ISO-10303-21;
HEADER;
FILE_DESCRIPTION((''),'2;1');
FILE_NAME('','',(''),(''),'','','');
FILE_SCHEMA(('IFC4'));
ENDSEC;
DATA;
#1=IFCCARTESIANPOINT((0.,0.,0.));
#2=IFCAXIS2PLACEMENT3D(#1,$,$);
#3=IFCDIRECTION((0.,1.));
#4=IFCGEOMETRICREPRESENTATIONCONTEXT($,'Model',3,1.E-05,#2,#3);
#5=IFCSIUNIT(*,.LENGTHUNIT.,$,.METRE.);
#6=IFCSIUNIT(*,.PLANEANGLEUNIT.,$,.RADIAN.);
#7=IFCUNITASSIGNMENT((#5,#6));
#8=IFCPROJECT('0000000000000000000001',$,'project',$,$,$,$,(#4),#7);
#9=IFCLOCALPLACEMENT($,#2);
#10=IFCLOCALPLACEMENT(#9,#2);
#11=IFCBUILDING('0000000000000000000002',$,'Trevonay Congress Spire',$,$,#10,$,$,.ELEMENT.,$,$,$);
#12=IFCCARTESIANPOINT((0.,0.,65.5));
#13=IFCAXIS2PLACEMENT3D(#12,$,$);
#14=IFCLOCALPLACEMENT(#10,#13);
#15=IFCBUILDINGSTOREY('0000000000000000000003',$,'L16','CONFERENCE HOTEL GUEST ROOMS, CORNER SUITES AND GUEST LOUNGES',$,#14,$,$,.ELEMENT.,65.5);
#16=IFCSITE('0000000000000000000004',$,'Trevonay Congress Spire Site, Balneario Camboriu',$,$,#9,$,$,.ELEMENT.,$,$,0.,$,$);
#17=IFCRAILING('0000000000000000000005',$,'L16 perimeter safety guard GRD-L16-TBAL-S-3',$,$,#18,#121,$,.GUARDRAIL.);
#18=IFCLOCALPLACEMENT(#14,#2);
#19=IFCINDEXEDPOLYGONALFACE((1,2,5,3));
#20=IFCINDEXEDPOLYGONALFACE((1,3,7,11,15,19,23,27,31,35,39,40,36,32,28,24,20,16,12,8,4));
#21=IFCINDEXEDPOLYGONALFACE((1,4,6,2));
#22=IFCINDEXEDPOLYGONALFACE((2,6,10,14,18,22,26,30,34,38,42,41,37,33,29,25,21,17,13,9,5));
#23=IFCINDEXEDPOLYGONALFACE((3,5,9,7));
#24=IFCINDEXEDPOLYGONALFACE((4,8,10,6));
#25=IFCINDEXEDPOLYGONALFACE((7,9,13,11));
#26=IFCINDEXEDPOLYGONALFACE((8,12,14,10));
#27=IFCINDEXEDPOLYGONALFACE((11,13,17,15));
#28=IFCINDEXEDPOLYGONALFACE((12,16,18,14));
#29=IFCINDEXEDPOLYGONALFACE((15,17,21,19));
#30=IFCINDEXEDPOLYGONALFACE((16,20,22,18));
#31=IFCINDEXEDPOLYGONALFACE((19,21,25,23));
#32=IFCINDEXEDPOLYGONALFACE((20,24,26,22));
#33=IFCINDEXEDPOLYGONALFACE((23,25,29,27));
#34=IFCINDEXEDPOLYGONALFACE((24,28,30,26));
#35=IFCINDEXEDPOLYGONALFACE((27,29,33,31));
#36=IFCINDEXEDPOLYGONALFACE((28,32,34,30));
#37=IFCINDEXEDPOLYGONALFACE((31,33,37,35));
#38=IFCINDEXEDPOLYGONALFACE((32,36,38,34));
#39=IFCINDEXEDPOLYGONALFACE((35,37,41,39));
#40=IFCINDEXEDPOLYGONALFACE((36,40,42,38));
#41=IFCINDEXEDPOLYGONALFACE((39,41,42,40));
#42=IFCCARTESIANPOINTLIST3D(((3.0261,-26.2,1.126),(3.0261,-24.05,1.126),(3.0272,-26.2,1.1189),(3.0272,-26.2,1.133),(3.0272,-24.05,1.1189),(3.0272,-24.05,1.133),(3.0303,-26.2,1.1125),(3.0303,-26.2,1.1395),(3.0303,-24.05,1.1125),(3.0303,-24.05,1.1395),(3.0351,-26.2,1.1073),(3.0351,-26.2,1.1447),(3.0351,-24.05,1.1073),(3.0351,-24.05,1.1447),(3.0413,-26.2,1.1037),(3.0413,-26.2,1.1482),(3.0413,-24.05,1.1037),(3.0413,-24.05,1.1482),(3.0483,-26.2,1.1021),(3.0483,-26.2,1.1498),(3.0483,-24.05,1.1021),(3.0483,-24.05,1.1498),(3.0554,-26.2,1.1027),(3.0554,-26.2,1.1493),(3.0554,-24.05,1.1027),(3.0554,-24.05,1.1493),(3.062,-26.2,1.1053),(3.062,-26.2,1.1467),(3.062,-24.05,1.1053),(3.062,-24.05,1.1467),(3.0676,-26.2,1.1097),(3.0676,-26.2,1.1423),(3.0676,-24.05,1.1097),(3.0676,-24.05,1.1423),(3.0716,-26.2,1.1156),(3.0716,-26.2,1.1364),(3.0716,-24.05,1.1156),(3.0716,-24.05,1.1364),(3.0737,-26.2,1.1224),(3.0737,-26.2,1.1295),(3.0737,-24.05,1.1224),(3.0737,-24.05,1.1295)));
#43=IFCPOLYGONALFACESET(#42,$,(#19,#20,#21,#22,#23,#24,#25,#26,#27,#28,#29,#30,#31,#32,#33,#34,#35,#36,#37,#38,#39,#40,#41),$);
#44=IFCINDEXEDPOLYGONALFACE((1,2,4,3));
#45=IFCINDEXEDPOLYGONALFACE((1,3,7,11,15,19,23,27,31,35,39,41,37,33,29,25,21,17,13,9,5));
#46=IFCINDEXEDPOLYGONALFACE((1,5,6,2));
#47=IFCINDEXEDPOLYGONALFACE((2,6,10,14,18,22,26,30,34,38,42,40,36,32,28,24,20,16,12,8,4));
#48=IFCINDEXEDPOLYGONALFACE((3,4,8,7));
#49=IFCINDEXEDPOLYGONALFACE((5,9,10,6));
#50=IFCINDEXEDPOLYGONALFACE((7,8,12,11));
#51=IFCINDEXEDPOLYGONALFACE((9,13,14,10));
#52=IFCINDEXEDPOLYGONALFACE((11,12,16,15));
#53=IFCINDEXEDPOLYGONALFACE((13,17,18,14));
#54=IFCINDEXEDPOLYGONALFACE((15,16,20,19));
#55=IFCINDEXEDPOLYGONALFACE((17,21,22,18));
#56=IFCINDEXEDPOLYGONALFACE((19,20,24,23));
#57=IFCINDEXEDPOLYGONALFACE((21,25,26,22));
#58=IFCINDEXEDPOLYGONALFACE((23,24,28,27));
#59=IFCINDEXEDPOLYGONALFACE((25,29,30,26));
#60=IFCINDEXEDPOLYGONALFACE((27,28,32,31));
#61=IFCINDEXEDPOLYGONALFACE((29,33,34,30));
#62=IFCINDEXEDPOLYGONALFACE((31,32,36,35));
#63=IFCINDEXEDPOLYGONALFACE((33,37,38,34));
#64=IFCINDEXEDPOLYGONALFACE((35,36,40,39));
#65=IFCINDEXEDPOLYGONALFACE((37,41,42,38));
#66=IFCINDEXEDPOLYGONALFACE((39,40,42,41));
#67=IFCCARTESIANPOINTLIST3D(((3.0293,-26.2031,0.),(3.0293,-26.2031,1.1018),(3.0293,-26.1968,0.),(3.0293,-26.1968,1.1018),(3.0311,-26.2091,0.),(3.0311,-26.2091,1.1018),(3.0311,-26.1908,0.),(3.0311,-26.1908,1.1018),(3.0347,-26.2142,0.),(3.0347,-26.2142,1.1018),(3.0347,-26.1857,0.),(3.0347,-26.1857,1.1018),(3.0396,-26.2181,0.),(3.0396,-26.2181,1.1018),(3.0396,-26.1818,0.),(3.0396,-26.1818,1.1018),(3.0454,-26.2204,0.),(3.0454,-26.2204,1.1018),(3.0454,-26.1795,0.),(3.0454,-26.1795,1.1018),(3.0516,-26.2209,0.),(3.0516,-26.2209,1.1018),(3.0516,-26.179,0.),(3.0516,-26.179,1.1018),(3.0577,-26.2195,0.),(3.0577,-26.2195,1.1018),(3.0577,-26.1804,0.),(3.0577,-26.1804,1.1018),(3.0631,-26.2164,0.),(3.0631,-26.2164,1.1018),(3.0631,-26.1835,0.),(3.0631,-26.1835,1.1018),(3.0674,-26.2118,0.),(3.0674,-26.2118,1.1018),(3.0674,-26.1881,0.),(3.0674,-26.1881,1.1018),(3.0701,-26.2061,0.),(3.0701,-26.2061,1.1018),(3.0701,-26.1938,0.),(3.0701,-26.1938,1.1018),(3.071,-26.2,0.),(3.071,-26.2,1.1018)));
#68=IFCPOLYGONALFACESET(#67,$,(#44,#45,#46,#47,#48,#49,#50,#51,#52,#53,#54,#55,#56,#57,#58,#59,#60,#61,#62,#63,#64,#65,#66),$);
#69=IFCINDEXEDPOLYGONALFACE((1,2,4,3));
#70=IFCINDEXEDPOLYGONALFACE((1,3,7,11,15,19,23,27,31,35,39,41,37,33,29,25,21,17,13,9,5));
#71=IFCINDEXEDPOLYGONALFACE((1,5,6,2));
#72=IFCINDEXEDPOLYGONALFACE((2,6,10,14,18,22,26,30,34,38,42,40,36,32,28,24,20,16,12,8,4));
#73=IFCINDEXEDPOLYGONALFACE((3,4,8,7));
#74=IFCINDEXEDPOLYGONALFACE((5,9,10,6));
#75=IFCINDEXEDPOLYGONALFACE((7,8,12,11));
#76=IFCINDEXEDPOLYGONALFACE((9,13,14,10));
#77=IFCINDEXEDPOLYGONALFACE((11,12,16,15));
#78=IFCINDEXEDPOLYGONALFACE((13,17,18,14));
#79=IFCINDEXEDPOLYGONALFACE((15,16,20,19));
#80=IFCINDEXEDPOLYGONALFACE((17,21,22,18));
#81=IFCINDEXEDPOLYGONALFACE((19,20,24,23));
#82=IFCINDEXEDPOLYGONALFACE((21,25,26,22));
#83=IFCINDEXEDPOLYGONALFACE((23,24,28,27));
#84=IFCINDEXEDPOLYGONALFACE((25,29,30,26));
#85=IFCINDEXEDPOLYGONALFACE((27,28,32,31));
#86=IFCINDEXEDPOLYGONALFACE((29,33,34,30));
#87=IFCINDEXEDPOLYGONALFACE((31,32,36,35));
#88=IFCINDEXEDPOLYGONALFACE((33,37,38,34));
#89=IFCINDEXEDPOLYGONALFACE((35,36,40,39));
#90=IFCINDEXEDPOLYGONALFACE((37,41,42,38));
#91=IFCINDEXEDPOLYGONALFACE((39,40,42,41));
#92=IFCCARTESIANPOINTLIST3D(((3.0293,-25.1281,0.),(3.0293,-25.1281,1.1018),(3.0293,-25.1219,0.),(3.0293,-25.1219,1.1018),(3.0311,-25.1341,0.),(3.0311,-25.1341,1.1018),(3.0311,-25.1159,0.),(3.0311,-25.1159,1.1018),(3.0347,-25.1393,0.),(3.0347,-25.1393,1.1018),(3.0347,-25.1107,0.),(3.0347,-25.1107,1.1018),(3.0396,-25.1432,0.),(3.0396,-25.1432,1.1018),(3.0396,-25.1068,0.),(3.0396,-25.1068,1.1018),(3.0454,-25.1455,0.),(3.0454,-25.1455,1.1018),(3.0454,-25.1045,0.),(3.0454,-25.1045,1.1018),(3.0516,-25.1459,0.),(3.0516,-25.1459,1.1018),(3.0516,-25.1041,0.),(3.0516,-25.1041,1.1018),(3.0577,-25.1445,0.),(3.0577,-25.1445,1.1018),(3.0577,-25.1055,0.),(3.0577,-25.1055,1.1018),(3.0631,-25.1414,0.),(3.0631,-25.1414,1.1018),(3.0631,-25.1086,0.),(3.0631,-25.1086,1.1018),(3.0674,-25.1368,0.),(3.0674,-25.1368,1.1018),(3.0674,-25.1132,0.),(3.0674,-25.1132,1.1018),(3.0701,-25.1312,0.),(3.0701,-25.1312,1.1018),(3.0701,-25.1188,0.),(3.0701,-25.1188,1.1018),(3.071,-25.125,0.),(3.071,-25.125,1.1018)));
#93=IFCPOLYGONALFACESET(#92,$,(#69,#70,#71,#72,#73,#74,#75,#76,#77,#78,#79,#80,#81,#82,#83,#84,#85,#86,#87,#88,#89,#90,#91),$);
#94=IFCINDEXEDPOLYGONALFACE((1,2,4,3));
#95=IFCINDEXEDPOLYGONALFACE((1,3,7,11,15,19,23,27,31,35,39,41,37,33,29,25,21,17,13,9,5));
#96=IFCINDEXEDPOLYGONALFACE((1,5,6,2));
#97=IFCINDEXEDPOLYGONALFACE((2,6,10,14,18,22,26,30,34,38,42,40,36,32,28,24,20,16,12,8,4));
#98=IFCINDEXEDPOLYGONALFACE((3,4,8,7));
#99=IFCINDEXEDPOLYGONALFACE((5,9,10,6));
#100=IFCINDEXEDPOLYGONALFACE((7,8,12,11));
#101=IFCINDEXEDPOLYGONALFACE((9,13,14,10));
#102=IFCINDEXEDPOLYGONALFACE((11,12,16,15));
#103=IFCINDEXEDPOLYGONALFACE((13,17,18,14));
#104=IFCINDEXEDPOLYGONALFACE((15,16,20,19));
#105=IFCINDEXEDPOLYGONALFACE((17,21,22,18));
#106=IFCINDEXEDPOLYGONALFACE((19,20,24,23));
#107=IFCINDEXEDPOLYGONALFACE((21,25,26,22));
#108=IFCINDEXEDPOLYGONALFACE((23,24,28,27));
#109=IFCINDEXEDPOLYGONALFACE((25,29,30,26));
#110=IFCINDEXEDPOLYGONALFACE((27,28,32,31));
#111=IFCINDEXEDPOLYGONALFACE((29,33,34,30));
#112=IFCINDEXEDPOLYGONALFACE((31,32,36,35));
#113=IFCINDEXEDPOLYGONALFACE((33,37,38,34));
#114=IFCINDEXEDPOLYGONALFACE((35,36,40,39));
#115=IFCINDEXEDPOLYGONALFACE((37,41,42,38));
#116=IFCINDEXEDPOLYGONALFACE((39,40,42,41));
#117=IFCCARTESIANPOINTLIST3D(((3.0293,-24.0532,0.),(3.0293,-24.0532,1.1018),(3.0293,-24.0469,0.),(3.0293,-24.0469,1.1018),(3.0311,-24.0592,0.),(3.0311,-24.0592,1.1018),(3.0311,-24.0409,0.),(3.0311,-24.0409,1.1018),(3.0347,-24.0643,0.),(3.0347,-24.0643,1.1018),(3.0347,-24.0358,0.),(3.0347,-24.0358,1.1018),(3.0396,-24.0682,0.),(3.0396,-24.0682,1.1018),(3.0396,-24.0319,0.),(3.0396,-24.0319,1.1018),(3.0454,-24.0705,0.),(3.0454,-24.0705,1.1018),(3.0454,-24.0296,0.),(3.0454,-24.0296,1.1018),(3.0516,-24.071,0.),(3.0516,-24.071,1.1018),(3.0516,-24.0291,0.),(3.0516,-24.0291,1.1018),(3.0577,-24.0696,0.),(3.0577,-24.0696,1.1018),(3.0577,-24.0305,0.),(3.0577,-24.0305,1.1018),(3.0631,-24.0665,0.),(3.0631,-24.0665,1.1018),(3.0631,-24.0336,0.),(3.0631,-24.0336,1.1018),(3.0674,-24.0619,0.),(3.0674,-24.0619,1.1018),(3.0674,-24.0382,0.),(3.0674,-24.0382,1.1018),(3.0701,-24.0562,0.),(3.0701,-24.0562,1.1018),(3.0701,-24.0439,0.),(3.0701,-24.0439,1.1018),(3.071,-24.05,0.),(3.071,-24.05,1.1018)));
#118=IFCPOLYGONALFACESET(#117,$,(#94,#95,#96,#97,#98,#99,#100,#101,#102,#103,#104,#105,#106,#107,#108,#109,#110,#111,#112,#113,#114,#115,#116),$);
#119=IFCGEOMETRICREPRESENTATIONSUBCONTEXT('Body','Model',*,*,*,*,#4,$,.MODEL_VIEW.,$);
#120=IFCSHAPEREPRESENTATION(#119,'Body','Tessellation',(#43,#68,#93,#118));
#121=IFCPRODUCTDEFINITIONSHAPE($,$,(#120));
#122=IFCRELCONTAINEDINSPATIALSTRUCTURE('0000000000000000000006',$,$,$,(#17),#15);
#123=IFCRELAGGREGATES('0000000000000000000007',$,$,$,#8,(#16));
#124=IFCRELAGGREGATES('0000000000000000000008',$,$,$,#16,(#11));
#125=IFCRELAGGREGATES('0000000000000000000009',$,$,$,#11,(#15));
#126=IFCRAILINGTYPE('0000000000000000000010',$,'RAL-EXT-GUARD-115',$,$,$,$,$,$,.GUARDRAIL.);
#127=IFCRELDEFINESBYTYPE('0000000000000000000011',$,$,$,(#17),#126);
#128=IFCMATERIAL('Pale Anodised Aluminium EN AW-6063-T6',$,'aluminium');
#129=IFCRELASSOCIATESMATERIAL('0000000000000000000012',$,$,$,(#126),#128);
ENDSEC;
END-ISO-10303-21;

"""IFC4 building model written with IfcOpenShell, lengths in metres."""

from ifc_helpers import new_model, si_unit, direction, frame, origin, origin_2d, place, context, subcontext, project, spatial, circle, extrude, material, type_object, element, save


model = new_model("IFC4")

# Units and contexts
model_context = context("Model", 3, precision=1e-05, world=origin(), true_north=direction((0.0, 1.0)))
body_context = subcontext(model_context, "Body", "Model", "MODEL_VIEW")
ifc_project = project(units=[si_unit("LENGTHUNIT", "METRE"), si_unit("PLANEANGLEUNIT", "RADIAN")], contexts=[model_context])

# Site, building, storey
site_placement = place(None, origin())
site = spatial("IfcSite", under=ifc_project, at=site_placement, Name="Trevonay Congress Spire Site, Balneario Camboriu", CompositionType="ELEMENT", RefElevation=0.0)
building_placement = place(site_placement, origin())
building = spatial("IfcBuilding", under=site, at=building_placement, Name="Trevonay Congress Spire", CompositionType="ELEMENT")
storey_placement = place(building_placement, frame((0.0, 0.0, 65.5)))
storey = spatial("IfcBuildingStorey", under=building, at=storey_placement, Name="L16", Description="CONFERENCE HOTEL GUEST ROOMS, CORNER SUITES AND GUEST LOUNGES", CompositionType="ELEMENT", Elevation=65.5)

# Shared definitions
ifc_material_1 = material(Name="Pale Anodised Aluminium EN AW-6063-T6", Category="aluminium")

# Railing
railing_type = type_object("IfcRailingType", Name="RAL-EXT-GUARD-115", PredefinedType="GUARDRAIL", material=ifc_material_1)
railing_placement = place(storey_placement, frame((3.05, -26.2, 0.0)))
element("IfcRailing", 1, at=railing_placement, inside=storey, type_object=railing_type, Name="L16 perimeter safety guard GRD-L16-TBAL-S-3", PredefinedType="GUARDRAIL", context=body_context, shape_type="SweptSolid", body=[
    extrude(circle(Radius=0.0239, at=origin_2d()), frame((0.0, 0.0, 1.126), z_axis=(0.0, 1.0, 0.0), x_axis=(-1.0, 0.0, 0.0)), (0.0, 0.0, 1.0), 2.1499),
    extrude(circle(Radius=0.021, at=origin_2d()), origin(), (0.0, 0.0, 1.0), 1.1018),
    extrude(circle(Radius=0.021, at=origin_2d()), frame((0.0, 1.075, 0.0)), (0.0, 0.0, 1.0), 1.1018),
    extrude(circle(Radius=0.021, at=origin_2d()), frame((0.0, 2.1499, 0.0)), (0.0, 0.0, 1.0), 1.1018),
])

save(model, "model.ifc")
